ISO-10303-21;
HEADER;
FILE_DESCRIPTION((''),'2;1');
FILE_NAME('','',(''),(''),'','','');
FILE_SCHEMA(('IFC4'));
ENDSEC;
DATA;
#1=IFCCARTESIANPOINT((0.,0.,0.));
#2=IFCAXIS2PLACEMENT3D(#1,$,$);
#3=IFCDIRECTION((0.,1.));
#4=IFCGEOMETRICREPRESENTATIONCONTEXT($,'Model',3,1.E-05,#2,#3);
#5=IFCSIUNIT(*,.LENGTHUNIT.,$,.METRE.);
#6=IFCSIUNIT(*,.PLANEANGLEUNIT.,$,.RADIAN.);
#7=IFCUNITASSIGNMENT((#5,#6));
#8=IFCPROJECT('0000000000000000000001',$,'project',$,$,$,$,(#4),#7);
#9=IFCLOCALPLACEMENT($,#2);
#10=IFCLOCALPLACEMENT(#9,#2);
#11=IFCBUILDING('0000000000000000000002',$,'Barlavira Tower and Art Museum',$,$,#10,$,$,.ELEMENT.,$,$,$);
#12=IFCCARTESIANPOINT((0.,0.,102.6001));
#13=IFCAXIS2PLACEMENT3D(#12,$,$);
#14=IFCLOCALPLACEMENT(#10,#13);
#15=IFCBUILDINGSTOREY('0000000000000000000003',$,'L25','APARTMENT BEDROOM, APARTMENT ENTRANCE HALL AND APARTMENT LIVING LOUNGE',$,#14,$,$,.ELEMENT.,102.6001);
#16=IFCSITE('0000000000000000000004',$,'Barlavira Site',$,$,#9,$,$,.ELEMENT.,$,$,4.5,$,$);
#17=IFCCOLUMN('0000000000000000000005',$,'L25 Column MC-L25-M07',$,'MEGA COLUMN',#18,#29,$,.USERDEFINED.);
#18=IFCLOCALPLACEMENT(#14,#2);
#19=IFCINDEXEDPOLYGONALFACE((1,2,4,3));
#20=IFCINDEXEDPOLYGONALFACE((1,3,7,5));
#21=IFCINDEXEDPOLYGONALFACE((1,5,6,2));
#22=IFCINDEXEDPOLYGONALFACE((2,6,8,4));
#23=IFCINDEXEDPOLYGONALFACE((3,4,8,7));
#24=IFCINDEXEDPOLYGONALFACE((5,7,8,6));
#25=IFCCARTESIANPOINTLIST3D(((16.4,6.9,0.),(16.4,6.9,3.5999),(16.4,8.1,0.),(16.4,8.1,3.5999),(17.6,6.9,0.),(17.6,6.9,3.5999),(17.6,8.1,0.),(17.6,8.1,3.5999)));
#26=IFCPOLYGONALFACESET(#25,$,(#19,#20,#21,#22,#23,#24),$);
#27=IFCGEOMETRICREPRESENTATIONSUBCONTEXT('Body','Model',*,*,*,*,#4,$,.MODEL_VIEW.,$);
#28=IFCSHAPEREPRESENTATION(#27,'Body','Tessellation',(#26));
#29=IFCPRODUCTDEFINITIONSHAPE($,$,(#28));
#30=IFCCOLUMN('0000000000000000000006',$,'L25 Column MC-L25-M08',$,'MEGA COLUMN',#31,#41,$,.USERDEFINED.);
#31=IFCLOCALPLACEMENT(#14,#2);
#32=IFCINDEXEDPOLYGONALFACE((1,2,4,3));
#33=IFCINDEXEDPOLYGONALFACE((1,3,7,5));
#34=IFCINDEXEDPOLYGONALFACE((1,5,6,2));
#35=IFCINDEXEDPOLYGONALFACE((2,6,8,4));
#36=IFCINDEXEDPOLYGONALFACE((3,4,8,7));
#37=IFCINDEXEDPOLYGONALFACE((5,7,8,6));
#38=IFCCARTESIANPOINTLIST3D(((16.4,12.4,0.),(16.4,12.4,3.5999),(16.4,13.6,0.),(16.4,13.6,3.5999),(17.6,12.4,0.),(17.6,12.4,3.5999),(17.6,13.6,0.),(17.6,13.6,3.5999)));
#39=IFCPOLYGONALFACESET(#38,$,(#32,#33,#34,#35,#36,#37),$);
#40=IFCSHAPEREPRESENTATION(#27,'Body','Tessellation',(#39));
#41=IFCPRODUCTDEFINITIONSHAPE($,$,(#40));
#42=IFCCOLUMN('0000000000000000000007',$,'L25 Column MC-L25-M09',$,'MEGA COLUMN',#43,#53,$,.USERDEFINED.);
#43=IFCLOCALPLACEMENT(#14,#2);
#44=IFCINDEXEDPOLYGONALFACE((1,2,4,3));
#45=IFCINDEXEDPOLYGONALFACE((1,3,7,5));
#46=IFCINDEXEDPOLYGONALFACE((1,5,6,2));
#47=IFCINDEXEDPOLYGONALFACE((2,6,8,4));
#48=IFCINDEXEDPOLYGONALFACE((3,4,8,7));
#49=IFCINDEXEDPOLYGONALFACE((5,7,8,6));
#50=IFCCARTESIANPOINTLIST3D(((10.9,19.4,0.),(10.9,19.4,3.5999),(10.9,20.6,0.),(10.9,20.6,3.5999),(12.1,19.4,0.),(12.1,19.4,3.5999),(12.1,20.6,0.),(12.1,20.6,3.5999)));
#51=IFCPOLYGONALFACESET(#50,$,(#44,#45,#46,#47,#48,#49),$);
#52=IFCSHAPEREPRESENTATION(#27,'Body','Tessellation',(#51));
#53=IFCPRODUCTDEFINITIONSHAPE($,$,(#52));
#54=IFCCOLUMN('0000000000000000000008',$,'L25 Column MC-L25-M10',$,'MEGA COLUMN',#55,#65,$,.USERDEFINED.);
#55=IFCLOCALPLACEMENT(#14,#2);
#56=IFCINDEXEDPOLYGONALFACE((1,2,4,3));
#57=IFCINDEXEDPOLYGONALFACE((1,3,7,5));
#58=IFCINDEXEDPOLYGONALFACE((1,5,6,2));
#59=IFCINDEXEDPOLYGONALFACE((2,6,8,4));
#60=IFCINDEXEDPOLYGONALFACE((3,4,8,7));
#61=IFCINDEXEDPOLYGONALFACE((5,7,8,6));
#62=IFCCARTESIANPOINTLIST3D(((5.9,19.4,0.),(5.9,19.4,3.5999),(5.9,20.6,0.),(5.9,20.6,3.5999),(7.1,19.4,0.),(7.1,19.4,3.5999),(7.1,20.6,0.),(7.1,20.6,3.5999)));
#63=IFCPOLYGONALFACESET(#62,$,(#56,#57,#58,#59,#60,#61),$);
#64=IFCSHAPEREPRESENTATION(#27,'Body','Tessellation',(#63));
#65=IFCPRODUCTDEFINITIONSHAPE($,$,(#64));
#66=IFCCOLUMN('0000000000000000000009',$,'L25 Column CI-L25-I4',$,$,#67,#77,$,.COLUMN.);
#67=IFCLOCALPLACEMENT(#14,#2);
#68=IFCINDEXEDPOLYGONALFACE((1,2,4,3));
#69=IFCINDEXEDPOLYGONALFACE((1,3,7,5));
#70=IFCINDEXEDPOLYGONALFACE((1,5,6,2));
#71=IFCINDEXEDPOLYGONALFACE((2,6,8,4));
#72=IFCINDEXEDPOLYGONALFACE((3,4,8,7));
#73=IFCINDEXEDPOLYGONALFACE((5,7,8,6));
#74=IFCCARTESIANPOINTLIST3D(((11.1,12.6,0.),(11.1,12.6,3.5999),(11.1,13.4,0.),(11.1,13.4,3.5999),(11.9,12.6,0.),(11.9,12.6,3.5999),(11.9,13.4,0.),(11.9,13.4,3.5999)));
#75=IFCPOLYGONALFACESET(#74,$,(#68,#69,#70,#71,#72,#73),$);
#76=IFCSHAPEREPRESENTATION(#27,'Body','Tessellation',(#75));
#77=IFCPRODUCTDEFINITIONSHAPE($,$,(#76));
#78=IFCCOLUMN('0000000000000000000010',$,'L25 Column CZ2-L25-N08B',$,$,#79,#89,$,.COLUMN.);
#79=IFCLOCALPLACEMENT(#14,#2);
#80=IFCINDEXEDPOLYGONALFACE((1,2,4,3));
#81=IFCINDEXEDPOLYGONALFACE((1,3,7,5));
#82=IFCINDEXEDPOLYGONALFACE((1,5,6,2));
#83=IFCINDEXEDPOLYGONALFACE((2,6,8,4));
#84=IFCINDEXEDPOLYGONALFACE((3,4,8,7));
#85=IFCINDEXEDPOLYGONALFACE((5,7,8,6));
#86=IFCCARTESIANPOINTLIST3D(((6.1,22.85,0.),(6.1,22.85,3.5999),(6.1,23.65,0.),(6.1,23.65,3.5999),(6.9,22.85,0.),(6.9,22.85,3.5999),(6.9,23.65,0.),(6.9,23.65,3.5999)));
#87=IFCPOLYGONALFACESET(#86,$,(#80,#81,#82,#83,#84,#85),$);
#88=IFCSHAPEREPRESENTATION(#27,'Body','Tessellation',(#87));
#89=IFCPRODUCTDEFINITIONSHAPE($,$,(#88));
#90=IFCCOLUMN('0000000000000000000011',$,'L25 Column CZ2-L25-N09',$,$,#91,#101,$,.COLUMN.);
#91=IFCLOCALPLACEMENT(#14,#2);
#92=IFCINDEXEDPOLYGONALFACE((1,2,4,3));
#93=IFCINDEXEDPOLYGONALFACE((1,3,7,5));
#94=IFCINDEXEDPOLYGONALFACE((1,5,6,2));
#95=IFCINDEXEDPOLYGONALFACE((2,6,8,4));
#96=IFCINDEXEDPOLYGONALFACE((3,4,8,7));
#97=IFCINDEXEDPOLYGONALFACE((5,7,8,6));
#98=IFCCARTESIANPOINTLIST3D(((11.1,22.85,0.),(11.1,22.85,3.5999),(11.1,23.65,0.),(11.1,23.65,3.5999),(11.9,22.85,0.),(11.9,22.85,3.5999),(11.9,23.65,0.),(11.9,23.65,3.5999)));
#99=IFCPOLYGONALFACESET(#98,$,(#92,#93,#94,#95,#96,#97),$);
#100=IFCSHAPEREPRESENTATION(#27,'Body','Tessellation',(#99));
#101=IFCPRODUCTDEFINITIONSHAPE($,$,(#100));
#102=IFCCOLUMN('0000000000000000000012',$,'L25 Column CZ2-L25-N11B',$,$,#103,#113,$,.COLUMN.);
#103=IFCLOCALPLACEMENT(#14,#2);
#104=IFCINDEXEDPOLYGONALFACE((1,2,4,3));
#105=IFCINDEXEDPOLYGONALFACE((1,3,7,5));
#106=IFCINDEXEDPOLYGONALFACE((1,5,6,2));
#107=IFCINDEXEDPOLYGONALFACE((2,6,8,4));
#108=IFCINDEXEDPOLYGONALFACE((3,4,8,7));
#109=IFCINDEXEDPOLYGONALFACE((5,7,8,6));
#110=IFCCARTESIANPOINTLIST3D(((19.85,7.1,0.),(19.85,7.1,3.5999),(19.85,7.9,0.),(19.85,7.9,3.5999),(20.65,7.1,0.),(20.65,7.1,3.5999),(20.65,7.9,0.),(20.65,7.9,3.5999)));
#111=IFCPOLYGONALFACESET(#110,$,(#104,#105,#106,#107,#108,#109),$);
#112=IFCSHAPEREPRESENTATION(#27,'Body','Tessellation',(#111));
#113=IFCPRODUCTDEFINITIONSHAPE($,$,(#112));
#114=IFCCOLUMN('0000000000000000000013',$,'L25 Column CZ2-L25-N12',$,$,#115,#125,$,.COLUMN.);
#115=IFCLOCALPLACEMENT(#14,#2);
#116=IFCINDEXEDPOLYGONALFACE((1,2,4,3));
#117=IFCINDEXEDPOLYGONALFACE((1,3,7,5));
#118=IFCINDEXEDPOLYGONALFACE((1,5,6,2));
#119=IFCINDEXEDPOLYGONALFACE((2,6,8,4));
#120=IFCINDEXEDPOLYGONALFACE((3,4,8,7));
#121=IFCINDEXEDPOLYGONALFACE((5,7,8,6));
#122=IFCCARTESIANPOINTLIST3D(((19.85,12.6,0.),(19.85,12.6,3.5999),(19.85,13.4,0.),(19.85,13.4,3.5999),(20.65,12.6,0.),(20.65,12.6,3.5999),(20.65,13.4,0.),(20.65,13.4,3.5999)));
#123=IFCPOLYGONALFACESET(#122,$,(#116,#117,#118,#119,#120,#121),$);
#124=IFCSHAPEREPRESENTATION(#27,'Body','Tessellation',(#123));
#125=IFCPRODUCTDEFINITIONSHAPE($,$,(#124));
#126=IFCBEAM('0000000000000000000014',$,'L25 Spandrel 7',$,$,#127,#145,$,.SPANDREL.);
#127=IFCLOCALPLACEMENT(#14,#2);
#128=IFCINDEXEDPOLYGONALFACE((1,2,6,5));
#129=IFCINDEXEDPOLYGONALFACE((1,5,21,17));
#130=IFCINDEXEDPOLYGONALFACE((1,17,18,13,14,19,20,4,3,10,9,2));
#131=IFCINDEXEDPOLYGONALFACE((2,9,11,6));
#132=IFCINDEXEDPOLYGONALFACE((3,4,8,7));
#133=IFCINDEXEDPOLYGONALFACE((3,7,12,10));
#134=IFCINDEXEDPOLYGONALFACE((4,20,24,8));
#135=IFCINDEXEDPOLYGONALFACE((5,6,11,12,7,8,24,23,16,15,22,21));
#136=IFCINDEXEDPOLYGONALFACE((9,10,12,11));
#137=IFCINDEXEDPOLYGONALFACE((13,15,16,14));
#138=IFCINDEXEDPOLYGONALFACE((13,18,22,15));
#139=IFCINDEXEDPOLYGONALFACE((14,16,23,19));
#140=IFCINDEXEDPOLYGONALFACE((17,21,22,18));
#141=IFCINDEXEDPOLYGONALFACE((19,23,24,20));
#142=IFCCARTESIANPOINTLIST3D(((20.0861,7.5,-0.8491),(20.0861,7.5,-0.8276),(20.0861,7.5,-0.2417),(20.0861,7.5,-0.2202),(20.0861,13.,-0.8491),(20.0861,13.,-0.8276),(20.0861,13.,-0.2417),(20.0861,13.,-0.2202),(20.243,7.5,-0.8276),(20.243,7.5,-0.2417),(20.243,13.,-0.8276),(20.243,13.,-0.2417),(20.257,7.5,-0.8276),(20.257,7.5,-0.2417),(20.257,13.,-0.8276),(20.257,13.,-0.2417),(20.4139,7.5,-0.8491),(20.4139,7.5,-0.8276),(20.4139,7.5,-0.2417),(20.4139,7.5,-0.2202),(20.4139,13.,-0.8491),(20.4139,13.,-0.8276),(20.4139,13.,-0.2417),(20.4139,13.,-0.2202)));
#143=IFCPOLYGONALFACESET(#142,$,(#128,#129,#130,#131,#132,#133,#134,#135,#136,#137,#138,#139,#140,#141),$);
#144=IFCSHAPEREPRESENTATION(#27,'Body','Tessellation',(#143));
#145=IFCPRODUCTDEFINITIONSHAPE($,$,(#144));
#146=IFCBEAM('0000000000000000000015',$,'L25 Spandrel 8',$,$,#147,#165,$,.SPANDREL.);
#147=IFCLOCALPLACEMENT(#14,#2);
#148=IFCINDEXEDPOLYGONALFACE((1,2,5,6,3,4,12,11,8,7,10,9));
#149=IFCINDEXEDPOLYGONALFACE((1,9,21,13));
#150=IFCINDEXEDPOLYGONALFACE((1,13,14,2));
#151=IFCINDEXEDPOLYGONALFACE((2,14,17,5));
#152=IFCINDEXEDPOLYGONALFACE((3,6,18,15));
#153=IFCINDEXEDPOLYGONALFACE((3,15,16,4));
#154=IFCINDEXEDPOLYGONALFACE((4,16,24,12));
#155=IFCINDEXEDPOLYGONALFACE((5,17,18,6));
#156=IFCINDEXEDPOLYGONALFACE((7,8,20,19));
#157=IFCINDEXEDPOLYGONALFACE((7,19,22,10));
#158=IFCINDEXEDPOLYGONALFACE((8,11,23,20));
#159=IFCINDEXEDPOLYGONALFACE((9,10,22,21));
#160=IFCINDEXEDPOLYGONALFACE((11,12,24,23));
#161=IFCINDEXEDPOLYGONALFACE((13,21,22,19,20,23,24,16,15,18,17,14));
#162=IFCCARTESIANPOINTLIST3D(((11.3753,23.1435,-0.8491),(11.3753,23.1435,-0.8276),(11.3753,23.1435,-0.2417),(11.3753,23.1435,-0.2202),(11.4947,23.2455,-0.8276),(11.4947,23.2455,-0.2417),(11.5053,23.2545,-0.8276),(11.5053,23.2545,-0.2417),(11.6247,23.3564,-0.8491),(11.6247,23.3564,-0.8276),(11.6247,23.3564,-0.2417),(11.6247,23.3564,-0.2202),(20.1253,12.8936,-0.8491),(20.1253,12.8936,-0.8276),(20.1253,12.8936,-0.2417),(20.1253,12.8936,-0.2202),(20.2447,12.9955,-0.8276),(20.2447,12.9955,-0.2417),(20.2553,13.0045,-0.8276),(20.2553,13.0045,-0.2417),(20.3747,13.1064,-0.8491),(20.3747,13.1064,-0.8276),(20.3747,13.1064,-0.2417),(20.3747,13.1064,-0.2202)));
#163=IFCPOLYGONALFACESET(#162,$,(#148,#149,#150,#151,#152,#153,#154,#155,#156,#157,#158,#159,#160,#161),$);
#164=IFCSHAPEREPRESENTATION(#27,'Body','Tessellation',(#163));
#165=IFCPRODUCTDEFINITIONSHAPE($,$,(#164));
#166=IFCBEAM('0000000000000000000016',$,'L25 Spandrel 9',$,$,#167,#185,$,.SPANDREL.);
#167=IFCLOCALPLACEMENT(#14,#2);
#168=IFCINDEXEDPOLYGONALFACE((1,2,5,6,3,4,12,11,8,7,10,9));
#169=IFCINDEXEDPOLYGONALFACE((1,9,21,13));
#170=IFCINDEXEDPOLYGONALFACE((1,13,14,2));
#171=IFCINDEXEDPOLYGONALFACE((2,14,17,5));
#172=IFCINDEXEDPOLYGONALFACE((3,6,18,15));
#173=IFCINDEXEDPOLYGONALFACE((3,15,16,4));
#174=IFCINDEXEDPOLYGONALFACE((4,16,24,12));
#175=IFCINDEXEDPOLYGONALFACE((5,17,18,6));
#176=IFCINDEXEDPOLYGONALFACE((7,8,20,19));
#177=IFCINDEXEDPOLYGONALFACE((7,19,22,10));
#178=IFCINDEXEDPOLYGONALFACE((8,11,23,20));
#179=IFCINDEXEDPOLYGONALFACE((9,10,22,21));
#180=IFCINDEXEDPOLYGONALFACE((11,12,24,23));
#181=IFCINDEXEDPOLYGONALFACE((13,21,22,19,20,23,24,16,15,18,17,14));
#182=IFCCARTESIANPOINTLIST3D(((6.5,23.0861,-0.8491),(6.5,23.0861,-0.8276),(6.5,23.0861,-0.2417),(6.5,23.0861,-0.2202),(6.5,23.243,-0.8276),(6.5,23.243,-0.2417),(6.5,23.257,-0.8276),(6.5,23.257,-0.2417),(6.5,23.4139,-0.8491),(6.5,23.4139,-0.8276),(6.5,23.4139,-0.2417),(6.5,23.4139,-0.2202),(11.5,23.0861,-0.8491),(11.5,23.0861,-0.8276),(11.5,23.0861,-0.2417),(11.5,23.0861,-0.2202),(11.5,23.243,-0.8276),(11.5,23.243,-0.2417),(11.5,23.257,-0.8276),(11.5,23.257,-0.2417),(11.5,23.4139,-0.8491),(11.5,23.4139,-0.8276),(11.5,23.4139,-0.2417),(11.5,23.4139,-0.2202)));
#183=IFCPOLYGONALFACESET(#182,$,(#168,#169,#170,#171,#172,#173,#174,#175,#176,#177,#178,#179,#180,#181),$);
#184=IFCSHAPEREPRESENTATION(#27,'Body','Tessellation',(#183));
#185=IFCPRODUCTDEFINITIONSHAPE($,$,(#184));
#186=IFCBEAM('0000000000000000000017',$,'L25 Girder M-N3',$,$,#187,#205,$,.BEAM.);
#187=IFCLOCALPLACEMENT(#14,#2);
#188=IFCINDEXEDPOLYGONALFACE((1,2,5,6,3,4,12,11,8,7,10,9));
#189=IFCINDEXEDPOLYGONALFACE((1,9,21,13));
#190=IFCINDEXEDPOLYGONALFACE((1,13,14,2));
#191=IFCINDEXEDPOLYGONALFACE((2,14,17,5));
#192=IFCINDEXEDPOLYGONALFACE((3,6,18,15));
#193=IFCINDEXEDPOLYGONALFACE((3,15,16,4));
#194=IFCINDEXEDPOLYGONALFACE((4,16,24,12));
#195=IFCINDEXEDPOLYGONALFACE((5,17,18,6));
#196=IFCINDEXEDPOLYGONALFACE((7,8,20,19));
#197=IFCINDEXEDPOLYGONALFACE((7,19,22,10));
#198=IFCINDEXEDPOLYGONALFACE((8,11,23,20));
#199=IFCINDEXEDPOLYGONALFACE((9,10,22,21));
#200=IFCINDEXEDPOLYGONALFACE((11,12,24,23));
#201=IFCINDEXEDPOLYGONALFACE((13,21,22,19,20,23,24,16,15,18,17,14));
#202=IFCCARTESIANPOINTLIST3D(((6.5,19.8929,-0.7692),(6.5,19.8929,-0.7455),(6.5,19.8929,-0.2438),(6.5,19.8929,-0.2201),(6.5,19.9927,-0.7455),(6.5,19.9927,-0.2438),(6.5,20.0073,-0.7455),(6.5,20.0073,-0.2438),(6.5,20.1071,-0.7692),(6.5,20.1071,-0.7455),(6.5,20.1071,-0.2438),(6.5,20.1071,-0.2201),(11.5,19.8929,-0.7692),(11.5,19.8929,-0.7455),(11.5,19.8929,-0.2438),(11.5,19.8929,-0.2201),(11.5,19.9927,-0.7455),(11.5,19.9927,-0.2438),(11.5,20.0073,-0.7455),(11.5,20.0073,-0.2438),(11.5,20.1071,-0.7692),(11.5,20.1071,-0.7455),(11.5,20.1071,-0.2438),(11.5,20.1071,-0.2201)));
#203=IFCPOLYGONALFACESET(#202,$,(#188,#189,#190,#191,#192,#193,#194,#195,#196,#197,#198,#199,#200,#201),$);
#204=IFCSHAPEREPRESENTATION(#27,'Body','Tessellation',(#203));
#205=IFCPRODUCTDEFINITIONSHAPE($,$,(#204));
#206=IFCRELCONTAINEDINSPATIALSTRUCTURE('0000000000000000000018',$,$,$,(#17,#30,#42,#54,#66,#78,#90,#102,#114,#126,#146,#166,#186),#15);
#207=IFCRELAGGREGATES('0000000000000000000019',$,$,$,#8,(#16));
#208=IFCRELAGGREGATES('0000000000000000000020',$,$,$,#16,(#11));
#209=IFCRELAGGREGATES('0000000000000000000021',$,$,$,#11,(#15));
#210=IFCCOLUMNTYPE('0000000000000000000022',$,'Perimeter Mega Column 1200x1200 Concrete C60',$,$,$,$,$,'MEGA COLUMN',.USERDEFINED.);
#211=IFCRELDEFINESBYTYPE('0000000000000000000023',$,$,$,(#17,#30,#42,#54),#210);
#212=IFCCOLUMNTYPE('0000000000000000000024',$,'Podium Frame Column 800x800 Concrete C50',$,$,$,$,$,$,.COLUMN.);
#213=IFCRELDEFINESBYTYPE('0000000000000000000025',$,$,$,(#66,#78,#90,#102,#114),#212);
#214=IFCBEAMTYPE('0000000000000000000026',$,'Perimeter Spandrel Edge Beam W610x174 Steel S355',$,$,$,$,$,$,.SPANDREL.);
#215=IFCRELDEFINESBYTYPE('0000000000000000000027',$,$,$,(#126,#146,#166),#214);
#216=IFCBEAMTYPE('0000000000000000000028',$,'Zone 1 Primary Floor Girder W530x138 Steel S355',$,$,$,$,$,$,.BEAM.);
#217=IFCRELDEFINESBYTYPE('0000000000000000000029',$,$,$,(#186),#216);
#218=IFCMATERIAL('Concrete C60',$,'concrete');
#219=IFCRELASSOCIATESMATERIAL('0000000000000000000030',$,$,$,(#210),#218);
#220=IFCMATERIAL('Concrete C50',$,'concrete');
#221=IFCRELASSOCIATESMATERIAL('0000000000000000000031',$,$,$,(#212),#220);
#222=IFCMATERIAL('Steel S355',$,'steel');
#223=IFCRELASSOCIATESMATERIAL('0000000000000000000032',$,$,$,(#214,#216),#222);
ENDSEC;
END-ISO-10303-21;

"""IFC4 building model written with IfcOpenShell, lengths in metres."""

from ifc_helpers import new_model, si_unit, direction, frame, origin, origin_2d, place, context, subcontext, project, spatial, rectangle, i_section, extrude, material, material_profile, profile_set, type_object, element, save


model = new_model("IFC4")

# Units and contexts
model_context = context("Model", 3, precision=1e-05, world=origin(), true_north=direction((0.0, 1.0)))
body_context = subcontext(model_context, "Body", "Model", "MODEL_VIEW")
ifc_project = project(units=[si_unit("LENGTHUNIT", "METRE"), si_unit("PLANEANGLEUNIT", "RADIAN")], contexts=[model_context])

# Site, building, storey
site_placement = place(None, origin())
site = spatial("IfcSite", under=ifc_project, at=site_placement, Name="Barlavira Site", CompositionType="ELEMENT", RefElevation=4.5)
building_placement = place(site_placement, origin())
building = spatial("IfcBuilding", under=site, at=building_placement, Name="Barlavira Tower and Art Museum", CompositionType="ELEMENT")
storey_placement = place(building_placement, frame((0.0, 0.0, 102.6001)))
storey = spatial("IfcBuildingStorey", under=building, at=storey_placement, Name="L25", Description="APARTMENT BEDROOM, APARTMENT ENTRANCE HALL AND APARTMENT LIVING LOUNGE", CompositionType="ELEMENT", Elevation=102.6001)

# Columns
ifc_material_1 = material(Name="Concrete C60", Category="concrete")
ifc_material_profile_1 = material_profile(ifc_material_1, rectangle(XDim=1.2, YDim=1.2, at=origin_2d()), Name="RC-COL 1200x1200")
ifc_profile_set_1 = profile_set([ifc_material_profile_1], Name="Concrete C60")
column_type_1 = type_object("IfcColumnType", Name="Perimeter Mega Column 1200x1200 Concrete C60", ElementType="MEGA COLUMN", PredefinedType="USERDEFINED", material=ifc_profile_set_1)
for number, where, z_axis, x_axis, name in (
    (1, (17.0, 7.5, 0.0), (0.0, 0.0, 1.0), (1.0, 0.0, 0.0), "L25 Column MC-L25-M07"),
    (2, (17.0, 13.0, 0.0), (0.0, 0.0, 1.0), (1.0, 0.0, 0.0), "L25 Column MC-L25-M08"),
    (3, (11.5, 20.0, 0.0), (0.0, 0.0, 1.0), (1.0, 0.0, 0.0), "L25 Column MC-L25-M09"),
    (4, (6.5, 20.0, 0.0), (0.0, 0.0, 1.0), (1.0, 0.0, 0.0), "L25 Column MC-L25-M10"),
):
    element("IfcColumn", number, at=place(storey_placement, frame(where, z_axis=z_axis, x_axis=x_axis)), inside=storey, type_object=column_type_1, Name=name, ObjectType="MEGA COLUMN", PredefinedType="USERDEFINED", context=body_context, shape_type="SweptSolid", body=[
        extrude(rectangle(XDim=1.2, YDim=1.2, at=origin_2d()), origin(), (0.0, 0.0, 1.0), 3.5999),
    ])
ifc_material_2 = material(Name="Concrete C50", Category="concrete")
ifc_material_profile_2 = material_profile(ifc_material_2, rectangle(XDim=0.8, YDim=0.8, at=origin_2d()), Name="RC-COL 800x800")
ifc_profile_set_2 = profile_set([ifc_material_profile_2], Name="Concrete C50")
column_type_2 = type_object("IfcColumnType", Name="Podium Frame Column 800x800 Concrete C50", PredefinedType="COLUMN", material=ifc_profile_set_2)
for number, where, z_axis, x_axis, name in (
    (5, (11.5, 13.0, 0.0), (0.0, 0.0, 1.0), (1.0, 0.0, 0.0), "L25 Column CI-L25-I4"),
    (6, (6.5, 23.25, 0.0), (0.0, 0.0, 1.0), (1.0, 0.0, 0.0), "L25 Column CZ2-L25-N08B"),
    (7, (11.5, 23.25, 0.0), (0.0, 0.0, 1.0), (1.0, 0.0, 0.0), "L25 Column CZ2-L25-N09"),
    (8, (20.25, 7.5, 0.0), (0.0, 0.0, 1.0), (1.0, 0.0, 0.0), "L25 Column CZ2-L25-N11B"),
    (9, (20.25, 13.0, 0.0), (0.0, 0.0, 1.0), (1.0, 0.0, 0.0), "L25 Column CZ2-L25-N12"),
):
    element("IfcColumn", number, at=place(storey_placement, frame(where, z_axis=z_axis, x_axis=x_axis)), inside=storey, type_object=column_type_2, Name=name, PredefinedType="COLUMN", context=body_context, shape_type="SweptSolid", body=[
        extrude(rectangle(XDim=0.8, YDim=0.8, at=origin_2d()), origin(), (0.0, 0.0, 1.0), 3.5999),
    ])

# Beams
ifc_material_3 = material(Name="Steel S355", Category="steel")
ifc_material_profile_3 = material_profile(ifc_material_3, i_section(OverallWidth=0.3279, OverallDepth=0.6289, WebThickness=0.0139, FlangeThickness=0.0215, at=origin_2d()), Name="W610x174.0")
ifc_profile_set_3 = profile_set([ifc_material_profile_3], Name="Steel S355")
beam_type_1 = type_object("IfcBeamType", Name="Perimeter Spandrel Edge Beam W610x174 Steel S355", PredefinedType="SPANDREL", material=ifc_profile_set_3)
beam_1_placement = place(storey_placement, frame((20.25, 7.5, -0.5347), z_axis=(0.0, 1.0, 0.0), x_axis=(-1.0, 0.0, 0.0)))
element("IfcBeam", 10, at=beam_1_placement, inside=storey, type_object=beam_type_1, Name="L25 Spandrel 7", PredefinedType="SPANDREL", context=body_context, shape_type="SweptSolid", body=[
    extrude(i_section(OverallWidth=0.3279, OverallDepth=0.6289, WebThickness=0.0139, FlangeThickness=0.0215, at=origin_2d()), origin(), (0.0, 0.0, 1.0), 5.5),
])
beam_2_placement = place(storey_placement, frame((20.25, 13.0, -0.5347), z_axis=(-0.649262, 0.760565, 0.0), x_axis=(-0.760565, -0.649262, 0.0)))
element("IfcBeam", 11, at=beam_2_placement, inside=storey, type_object=beam_type_1, Name="L25 Spandrel 8", PredefinedType="SPANDREL", context=body_context, shape_type="SweptSolid", body=[
    extrude(i_section(OverallWidth=0.3279, OverallDepth=0.6289, WebThickness=0.0139, FlangeThickness=0.0215, at=origin_2d()), origin(), (0.0, 0.0, 1.0), 13.4768),
])
beam_3_placement = place(storey_placement, frame((6.5, 23.25, -0.5347), z_axis=(1.0, 0.0, 0.0), x_axis=(0.0, 1.0, 0.0)))
element("IfcBeam", 12, at=beam_3_placement, inside=storey, type_object=beam_type_1, Name="L25 Spandrel 9", PredefinedType="SPANDREL", context=body_context, shape_type="SweptSolid", body=[
    extrude(i_section(OverallWidth=0.3279, OverallDepth=0.6289, WebThickness=0.0139, FlangeThickness=0.0215, at=origin_2d()), origin(), (0.0, 0.0, 1.0), 5.0),
])
ifc_material_profile_4 = material_profile(ifc_material_3, i_section(OverallWidth=0.2141, OverallDepth=0.5491, WebThickness=0.0146, FlangeThickness=0.0237, at=origin_2d()), Name="W530x138.0")
ifc_profile_set_4 = profile_set([ifc_material_profile_4], Name="Steel S355")
beam_type_2 = type_object("IfcBeamType", Name="Zone 1 Primary Floor Girder W530x138 Steel S355", PredefinedType="BEAM", material=ifc_profile_set_4)
beam_4_placement = place(storey_placement, frame((6.5, 20.0, -0.4946), z_axis=(1.0, 0.0, 0.0), x_axis=(0.0, 1.0, 0.0)))
element("IfcBeam", 13, at=beam_4_placement, inside=storey, type_object=beam_type_2, Name="L25 Girder M-N3", PredefinedType="BEAM", context=body_context, shape_type="SweptSolid", body=[
    extrude(i_section(OverallWidth=0.2141, OverallDepth=0.5491, WebThickness=0.0146, FlangeThickness=0.0237, at=origin_2d()), origin(), (0.0, 0.0, 1.0), 5.0),
])

save(model, "model.ifc")
